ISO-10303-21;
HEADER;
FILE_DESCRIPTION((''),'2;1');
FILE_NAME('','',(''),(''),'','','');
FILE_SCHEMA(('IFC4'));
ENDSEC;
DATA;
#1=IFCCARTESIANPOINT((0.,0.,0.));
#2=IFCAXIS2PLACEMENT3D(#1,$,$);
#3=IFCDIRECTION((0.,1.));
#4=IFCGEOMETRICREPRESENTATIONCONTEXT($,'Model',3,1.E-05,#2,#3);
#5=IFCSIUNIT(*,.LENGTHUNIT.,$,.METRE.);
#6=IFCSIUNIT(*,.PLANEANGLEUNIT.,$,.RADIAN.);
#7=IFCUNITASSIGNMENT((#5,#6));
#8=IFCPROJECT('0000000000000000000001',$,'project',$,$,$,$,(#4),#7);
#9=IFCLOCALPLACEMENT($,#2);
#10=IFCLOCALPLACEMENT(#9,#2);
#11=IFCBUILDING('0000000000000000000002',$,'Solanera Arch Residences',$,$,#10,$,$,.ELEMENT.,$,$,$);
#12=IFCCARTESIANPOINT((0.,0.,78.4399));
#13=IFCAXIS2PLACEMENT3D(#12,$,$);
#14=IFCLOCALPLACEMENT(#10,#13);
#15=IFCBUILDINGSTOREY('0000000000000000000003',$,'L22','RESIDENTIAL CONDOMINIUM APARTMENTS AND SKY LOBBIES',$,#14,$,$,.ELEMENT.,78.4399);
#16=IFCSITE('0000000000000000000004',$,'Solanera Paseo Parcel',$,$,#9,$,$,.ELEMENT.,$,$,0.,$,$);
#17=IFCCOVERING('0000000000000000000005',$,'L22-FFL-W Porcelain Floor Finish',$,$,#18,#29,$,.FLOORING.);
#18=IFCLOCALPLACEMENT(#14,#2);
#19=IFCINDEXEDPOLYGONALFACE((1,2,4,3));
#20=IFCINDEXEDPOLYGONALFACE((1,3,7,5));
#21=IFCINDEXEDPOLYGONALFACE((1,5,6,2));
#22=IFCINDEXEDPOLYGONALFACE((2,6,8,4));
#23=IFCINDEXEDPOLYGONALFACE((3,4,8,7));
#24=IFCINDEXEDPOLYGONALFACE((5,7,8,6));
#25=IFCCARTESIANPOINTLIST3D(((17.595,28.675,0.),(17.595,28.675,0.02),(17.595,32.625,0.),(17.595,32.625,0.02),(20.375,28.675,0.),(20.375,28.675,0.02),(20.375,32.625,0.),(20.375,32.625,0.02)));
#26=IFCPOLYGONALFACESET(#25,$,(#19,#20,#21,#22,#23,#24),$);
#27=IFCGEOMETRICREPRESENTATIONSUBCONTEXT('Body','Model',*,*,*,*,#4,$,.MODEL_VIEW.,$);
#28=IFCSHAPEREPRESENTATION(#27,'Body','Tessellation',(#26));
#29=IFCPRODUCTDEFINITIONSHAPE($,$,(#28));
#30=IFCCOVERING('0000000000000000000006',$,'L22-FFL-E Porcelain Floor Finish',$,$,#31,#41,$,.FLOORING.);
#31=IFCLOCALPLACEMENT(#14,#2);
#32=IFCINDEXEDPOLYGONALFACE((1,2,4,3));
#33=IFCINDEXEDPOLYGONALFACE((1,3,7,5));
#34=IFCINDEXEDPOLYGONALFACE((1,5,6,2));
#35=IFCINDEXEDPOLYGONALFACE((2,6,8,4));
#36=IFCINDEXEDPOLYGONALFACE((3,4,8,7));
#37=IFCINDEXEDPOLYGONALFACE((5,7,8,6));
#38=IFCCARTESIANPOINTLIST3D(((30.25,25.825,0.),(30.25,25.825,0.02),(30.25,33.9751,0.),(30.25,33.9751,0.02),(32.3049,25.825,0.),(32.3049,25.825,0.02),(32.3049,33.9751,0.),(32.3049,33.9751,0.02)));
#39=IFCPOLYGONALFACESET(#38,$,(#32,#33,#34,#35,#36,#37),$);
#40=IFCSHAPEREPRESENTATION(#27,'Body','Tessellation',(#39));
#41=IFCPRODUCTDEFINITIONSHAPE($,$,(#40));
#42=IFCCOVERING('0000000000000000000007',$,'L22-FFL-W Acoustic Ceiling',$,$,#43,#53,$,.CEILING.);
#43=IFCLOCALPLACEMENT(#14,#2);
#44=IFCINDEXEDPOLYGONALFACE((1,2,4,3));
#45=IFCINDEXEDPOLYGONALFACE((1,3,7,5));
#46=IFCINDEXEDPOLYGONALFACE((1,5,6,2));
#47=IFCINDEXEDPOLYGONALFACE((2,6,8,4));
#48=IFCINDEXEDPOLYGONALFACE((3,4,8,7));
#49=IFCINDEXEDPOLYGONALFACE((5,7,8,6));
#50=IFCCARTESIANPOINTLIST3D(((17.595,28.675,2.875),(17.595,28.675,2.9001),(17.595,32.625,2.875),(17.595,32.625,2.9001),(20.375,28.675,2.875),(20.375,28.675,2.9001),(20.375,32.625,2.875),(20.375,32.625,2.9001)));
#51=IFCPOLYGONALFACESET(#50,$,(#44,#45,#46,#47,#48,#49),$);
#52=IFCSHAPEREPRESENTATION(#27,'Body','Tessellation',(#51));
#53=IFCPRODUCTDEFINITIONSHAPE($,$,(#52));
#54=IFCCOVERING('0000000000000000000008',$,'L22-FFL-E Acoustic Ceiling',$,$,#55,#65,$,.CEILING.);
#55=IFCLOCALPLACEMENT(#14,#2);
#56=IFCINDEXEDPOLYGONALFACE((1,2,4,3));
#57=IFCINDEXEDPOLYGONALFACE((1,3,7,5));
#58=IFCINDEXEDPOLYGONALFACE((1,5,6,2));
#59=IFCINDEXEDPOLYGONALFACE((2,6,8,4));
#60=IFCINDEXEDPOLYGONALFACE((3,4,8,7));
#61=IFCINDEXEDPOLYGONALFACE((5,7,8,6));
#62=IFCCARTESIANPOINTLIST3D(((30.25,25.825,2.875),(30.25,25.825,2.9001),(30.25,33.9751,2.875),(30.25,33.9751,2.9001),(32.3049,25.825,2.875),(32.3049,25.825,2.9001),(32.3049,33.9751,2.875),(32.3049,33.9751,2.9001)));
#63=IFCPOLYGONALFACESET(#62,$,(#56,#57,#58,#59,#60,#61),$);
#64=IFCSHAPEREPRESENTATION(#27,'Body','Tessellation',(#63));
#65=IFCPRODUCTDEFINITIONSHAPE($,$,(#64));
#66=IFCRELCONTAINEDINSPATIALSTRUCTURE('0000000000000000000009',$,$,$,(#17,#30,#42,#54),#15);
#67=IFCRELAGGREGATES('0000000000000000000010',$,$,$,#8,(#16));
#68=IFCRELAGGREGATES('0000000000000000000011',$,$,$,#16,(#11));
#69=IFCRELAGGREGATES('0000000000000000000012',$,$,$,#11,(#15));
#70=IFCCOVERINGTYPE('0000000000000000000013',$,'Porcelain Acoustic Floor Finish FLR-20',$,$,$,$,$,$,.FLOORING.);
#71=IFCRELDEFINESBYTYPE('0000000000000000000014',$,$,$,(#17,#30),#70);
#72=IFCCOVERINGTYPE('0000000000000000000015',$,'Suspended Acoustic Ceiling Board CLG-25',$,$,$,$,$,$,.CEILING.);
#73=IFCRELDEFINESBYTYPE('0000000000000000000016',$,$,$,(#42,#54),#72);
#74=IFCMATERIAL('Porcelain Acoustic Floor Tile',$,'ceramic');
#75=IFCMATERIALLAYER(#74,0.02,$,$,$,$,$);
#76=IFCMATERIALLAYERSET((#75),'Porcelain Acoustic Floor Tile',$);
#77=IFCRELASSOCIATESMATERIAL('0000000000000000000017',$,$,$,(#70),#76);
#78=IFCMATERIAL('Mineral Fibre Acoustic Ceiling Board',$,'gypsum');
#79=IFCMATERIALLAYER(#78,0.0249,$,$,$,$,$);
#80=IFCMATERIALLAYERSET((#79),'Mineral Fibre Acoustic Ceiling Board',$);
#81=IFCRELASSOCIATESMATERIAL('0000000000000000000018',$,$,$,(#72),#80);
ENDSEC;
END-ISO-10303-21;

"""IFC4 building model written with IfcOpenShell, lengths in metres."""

from ifc_helpers import new_model, si_unit, direction, frame, origin, place, context, subcontext, project, spatial, polyline, outline, extrude, material, layer, layer_set, type_object, element, save


model = new_model("IFC4")

# Units and contexts
model_context = context("Model", 3, precision=1e-05, world=origin(), true_north=direction((0.0, 1.0)))
body_context = subcontext(model_context, "Body", "Model", "MODEL_VIEW")
ifc_project = project(units=[si_unit("LENGTHUNIT", "METRE"), si_unit("PLANEANGLEUNIT", "RADIAN")], contexts=[model_context])

# Site, building, storey
site_placement = place(None, origin())
site = spatial("IfcSite", under=ifc_project, at=site_placement, Name="Solanera Paseo Parcel", CompositionType="ELEMENT", RefElevation=0.0)
building_placement = place(site_placement, origin())
building = spatial("IfcBuilding", under=site, at=building_placement, Name="Solanera Arch Residences", CompositionType="ELEMENT")
storey_placement = place(building_placement, frame((0.0, 0.0, 78.4399)))
storey = spatial("IfcBuildingStorey", under=building, at=storey_placement, Name="L22", Description="RESIDENTIAL CONDOMINIUM APARTMENTS AND SKY LOBBIES", CompositionType="ELEMENT", Elevation=78.4399)

# Coverings
ifc_material_1 = material(Name="Porcelain Acoustic Floor Tile", Category="ceramic")
ifc_layer_1 = layer(ifc_material_1, 0.02)
ifc_layer_set_1 = layer_set([ifc_layer_1], Name="Porcelain Acoustic Floor Tile")
covering_type_1 = type_object("IfcCoveringType", Name="Porcelain Acoustic Floor Finish FLR-20", PredefinedType="FLOORING", material=ifc_layer_set_1)
covering_1_placement = place(storey_placement, origin())
element("IfcCovering", 1, at=covering_1_placement, inside=storey, type_object=covering_type_1, Name="L22-FFL-W Porcelain Floor Finish", PredefinedType="FLOORING", context=body_context, shape_type="SweptSolid", body=[
    extrude(outline(polyline([(20.375, 28.675), (17.595, 28.675), (17.595, 32.625), (20.375, 32.625), (20.375, 28.675)])), origin(), (0.0, 0.0, 1.0), 0.02),
])
covering_2_placement = place(storey_placement, origin())
element("IfcCovering", 2, at=covering_2_placement, inside=storey, type_object=covering_type_1, Name="L22-FFL-E Porcelain Floor Finish", PredefinedType="FLOORING", context=body_context, shape_type="SweptSolid", body=[
    extrude(outline(polyline([(32.3049, 25.825), (30.25, 25.825), (30.25, 33.9751), (32.3049, 33.9751), (32.3049, 25.825)])), origin(), (0.0, 0.0, 1.0), 0.02),
])
ifc_material_2 = material(Name="Mineral Fibre Acoustic Ceiling Board", Category="gypsum")
ifc_layer_2 = layer(ifc_material_2, 0.0249)
ifc_layer_set_2 = layer_set([ifc_layer_2], Name="Mineral Fibre Acoustic Ceiling Board")
covering_type_2 = type_object("IfcCoveringType", Name="Suspended Acoustic Ceiling Board CLG-25", PredefinedType="CEILING", material=ifc_layer_set_2)
covering_3_placement = place(storey_placement, frame((0.0, 0.0, 2.875)))
element("IfcCovering", 3, at=covering_3_placement, inside=storey, type_object=covering_type_2, Name="L22-FFL-W Acoustic Ceiling", PredefinedType="CEILING", context=body_context, shape_type="SweptSolid", body=[
    extrude(outline(polyline([(20.375, 28.675), (17.595, 28.675), (17.595, 32.625), (20.375, 32.625), (20.375, 28.675)])), origin(), (0.0, 0.0, 1.0), 0.0251),
])
covering_4_placement = place(storey_placement, frame((0.0, 0.0, 2.875)))
element("IfcCovering", 4, at=covering_4_placement, inside=storey, type_object=covering_type_2, Name="L22-FFL-E Acoustic Ceiling", PredefinedType="CEILING", context=body_context, shape_type="SweptSolid", body=[
    extrude(outline(polyline([(32.3049, 25.825), (30.25, 25.825), (30.25, 33.9751), (32.3049, 33.9751), (32.3049, 25.825)])), origin(), (0.0, 0.0, 1.0), 0.0251),
])

save(model, "model.ifc")
